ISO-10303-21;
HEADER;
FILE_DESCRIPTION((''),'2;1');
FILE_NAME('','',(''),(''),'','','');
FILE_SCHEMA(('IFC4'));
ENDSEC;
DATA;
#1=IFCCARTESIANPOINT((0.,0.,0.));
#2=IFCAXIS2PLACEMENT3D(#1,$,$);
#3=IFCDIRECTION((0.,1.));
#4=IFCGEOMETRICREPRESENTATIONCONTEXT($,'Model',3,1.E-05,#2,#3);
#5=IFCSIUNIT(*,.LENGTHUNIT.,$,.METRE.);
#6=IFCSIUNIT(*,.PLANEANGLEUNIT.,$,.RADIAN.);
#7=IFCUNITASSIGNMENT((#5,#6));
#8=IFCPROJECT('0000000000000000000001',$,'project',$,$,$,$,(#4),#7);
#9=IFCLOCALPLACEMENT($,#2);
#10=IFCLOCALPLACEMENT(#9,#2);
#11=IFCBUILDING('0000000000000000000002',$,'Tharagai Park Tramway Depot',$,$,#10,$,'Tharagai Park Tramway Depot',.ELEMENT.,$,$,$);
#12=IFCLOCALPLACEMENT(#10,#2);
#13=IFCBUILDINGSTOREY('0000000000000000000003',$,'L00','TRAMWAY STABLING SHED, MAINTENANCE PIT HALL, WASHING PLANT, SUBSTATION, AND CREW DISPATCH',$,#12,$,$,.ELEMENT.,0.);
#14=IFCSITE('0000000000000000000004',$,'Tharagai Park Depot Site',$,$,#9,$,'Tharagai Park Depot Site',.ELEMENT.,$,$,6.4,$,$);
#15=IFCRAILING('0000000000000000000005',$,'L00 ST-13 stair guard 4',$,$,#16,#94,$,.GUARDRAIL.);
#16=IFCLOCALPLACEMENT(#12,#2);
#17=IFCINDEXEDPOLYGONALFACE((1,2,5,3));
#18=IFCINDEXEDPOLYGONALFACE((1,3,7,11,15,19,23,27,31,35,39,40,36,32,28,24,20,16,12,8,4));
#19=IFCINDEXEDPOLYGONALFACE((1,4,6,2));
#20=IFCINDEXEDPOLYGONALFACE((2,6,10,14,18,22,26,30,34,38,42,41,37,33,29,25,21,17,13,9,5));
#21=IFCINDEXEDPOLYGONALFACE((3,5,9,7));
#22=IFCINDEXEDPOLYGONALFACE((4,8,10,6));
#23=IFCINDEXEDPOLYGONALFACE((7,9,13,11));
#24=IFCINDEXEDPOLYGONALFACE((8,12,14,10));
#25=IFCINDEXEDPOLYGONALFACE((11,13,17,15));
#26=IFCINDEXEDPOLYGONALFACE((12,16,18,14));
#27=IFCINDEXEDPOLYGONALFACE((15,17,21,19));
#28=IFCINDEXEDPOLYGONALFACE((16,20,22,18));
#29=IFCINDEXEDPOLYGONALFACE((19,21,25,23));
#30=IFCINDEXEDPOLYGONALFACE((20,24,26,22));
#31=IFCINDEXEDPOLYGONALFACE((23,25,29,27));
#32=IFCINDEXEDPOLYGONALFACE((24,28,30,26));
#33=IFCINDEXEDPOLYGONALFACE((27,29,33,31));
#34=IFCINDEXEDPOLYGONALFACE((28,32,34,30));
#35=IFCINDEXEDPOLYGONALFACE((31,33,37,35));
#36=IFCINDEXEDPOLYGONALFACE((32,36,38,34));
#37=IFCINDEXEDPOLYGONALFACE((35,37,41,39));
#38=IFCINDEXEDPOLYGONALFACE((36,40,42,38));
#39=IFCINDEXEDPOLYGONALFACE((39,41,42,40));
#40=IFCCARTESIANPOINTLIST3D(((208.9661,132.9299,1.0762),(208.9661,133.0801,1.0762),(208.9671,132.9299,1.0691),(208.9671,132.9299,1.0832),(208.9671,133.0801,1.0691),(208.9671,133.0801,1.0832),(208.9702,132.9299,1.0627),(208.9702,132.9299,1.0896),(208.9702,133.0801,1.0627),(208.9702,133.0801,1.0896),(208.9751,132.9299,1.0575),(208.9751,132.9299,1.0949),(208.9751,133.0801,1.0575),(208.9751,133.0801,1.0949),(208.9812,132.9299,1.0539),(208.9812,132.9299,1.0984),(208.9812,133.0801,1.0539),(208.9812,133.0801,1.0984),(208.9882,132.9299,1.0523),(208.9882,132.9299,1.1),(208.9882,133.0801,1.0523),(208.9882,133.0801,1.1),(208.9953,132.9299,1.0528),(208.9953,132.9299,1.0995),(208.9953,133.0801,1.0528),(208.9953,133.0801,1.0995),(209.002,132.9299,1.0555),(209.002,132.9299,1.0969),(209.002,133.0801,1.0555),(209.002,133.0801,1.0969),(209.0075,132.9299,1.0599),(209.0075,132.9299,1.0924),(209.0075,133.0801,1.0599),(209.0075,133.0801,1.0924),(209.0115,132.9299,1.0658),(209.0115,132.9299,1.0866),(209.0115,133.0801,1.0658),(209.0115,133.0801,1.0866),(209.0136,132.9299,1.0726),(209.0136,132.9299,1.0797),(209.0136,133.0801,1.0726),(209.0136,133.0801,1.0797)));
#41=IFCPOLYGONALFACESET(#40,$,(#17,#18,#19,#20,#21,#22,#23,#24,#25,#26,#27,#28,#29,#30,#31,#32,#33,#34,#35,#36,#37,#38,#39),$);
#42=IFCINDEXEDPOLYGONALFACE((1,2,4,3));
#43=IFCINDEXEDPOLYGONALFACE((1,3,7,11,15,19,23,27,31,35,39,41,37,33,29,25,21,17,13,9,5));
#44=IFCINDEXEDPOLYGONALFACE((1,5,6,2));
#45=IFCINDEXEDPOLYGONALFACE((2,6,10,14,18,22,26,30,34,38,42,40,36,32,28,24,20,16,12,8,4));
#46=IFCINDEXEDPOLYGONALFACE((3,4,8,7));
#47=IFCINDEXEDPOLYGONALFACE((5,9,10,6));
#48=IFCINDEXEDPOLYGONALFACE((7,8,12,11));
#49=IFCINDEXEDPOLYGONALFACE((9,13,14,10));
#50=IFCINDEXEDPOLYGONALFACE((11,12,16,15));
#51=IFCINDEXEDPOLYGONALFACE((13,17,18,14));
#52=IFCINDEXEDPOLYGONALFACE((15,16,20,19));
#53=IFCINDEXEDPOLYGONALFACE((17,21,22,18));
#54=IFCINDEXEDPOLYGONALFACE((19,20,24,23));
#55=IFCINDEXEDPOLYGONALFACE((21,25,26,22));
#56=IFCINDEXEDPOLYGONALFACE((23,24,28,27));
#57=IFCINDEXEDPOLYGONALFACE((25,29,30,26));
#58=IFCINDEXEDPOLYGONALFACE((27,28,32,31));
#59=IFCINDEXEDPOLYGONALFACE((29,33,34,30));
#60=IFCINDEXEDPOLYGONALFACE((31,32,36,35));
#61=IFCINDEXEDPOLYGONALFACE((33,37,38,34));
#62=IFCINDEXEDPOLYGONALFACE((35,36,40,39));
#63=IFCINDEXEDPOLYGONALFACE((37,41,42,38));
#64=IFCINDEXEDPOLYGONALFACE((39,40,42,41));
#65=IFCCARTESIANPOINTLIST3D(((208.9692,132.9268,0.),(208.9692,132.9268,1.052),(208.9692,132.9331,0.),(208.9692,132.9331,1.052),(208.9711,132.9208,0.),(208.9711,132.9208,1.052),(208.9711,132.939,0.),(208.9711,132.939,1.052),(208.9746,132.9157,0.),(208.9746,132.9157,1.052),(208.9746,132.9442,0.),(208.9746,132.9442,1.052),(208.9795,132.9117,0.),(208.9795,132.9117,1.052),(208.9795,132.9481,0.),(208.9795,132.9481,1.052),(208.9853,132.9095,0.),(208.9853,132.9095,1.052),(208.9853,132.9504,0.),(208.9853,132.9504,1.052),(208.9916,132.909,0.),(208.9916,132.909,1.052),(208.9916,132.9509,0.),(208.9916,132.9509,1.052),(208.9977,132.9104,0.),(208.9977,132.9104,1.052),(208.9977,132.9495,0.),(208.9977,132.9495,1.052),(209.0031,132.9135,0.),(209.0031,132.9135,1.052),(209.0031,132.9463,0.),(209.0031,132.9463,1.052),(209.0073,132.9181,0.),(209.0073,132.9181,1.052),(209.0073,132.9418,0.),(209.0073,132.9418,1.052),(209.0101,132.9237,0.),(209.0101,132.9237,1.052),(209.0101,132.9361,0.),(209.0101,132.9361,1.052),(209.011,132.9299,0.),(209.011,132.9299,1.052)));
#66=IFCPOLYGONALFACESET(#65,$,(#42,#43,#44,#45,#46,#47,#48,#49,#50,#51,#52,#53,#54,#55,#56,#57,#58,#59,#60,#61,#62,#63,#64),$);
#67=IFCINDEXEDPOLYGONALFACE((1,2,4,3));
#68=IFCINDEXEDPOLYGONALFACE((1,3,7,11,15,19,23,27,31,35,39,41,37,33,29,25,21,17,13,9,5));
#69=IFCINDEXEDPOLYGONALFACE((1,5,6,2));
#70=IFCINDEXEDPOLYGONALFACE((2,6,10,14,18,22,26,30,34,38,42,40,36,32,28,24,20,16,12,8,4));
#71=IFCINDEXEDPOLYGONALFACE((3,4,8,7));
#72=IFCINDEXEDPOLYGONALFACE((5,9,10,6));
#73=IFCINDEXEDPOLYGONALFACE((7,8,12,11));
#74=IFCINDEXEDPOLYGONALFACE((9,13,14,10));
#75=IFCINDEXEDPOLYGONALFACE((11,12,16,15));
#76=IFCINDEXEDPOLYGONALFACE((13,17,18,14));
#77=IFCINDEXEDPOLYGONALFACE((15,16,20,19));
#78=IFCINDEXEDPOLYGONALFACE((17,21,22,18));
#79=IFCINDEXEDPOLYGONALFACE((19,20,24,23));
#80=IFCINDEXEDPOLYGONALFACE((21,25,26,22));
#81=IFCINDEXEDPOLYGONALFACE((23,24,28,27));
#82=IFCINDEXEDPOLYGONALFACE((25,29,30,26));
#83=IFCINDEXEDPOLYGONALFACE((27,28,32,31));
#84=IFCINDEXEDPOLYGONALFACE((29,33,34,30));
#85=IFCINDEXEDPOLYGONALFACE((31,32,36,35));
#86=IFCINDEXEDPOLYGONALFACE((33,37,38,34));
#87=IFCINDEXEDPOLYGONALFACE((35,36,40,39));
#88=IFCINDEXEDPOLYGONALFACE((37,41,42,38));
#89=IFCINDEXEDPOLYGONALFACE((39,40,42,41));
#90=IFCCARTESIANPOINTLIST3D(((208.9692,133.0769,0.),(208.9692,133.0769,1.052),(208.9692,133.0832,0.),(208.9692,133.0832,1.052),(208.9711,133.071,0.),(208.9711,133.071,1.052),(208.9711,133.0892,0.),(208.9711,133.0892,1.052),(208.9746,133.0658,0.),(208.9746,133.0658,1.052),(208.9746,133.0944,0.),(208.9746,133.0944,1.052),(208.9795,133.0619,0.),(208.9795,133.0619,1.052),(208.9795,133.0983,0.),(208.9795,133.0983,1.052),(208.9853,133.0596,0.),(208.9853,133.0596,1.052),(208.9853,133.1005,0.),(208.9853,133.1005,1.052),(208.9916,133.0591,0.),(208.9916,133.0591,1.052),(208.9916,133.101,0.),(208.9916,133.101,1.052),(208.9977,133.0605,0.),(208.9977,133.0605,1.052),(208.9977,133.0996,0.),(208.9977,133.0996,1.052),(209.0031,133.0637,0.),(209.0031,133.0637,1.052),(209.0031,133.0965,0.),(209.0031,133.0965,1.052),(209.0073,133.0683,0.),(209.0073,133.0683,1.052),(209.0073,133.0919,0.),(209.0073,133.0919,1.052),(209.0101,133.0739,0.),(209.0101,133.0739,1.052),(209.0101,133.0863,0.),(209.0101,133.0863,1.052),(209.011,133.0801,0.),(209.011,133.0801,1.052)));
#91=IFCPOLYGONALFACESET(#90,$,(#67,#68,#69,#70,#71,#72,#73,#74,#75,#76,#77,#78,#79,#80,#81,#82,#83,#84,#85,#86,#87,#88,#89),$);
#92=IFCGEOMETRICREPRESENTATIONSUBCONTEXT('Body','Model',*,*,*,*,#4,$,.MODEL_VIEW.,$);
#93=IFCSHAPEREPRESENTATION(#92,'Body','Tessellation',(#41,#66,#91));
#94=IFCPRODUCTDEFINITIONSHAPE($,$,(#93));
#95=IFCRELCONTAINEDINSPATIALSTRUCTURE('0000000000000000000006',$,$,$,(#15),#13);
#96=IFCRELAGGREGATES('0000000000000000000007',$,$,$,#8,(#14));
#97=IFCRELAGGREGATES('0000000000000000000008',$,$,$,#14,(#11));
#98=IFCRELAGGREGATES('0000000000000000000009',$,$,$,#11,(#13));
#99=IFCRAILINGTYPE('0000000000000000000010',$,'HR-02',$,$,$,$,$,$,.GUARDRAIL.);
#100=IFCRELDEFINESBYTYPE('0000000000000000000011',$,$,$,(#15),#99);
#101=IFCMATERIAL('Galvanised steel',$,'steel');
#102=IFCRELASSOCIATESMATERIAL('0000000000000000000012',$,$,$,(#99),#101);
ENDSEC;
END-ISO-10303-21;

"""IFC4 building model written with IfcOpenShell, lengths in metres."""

from ifc_helpers import new_model, si_unit, direction, frame, origin, origin_2d, place, context, subcontext, project, spatial, circle, extrude, material, type_object, element, save


model = new_model("IFC4")

# Units and contexts
model_context = context("Model", 3, precision=1e-05, world=origin(), true_north=direction((0.0, 1.0)))
body_context = subcontext(model_context, "Body", "Model", "MODEL_VIEW")
ifc_project = project(units=[si_unit("LENGTHUNIT", "METRE"), si_unit("PLANEANGLEUNIT", "RADIAN")], contexts=[model_context])

# Site, building, storey
site_placement = place(None, origin())
site = spatial("IfcSite", under=ifc_project, at=site_placement, Name="Tharagai Park Depot Site", LongName="Tharagai Park Depot Site", CompositionType="ELEMENT", RefElevation=6.4)
building_placement = place(site_placement, origin())
building = spatial("IfcBuilding", under=site, at=building_placement, Name="Tharagai Park Tramway Depot", LongName="Tharagai Park Tramway Depot", CompositionType="ELEMENT")
storey_placement = place(building_placement, origin())
storey = spatial("IfcBuildingStorey", under=building, at=storey_placement, Name="L00", Description="TRAMWAY STABLING SHED, MAINTENANCE PIT HALL, WASHING PLANT, SUBSTATION, AND CREW DISPATCH", CompositionType="ELEMENT", Elevation=0.0)

# Shared definitions
ifc_material_1 = material(Name="Galvanised steel", Category="steel")

# Railing
railing_type_1 = type_object("IfcRailingType", Name="HR-02", PredefinedType="GUARDRAIL", material=ifc_material_1)
railing_1_placement = place(storey_placement, frame((208.99, 132.9299, 0.0)))
element("IfcRailing", 1, at=railing_1_placement, inside=storey, type_object=railing_type_1, Name="L00 ST-13 stair guard 4", PredefinedType="GUARDRAIL", context=body_context, shape_type="SweptSolid", body=[
    extrude(circle(Radius=0.0239, at=origin_2d()), frame((0.0, 0.0, 1.0762), z_axis=(0.0, 1.0, 0.0), x_axis=(-1.0, 0.0, 0.0)), (0.0, 0.0, 1.0), 0.1501),
    extrude(circle(Radius=0.021, at=origin_2d()), origin(), (0.0, 0.0, 1.0), 1.052),
    extrude(circle(Radius=0.021, at=origin_2d()), frame((0.0, 0.1501, 0.0)), (0.0, 0.0, 1.0), 1.052),
])

save(model, "model.ifc")
